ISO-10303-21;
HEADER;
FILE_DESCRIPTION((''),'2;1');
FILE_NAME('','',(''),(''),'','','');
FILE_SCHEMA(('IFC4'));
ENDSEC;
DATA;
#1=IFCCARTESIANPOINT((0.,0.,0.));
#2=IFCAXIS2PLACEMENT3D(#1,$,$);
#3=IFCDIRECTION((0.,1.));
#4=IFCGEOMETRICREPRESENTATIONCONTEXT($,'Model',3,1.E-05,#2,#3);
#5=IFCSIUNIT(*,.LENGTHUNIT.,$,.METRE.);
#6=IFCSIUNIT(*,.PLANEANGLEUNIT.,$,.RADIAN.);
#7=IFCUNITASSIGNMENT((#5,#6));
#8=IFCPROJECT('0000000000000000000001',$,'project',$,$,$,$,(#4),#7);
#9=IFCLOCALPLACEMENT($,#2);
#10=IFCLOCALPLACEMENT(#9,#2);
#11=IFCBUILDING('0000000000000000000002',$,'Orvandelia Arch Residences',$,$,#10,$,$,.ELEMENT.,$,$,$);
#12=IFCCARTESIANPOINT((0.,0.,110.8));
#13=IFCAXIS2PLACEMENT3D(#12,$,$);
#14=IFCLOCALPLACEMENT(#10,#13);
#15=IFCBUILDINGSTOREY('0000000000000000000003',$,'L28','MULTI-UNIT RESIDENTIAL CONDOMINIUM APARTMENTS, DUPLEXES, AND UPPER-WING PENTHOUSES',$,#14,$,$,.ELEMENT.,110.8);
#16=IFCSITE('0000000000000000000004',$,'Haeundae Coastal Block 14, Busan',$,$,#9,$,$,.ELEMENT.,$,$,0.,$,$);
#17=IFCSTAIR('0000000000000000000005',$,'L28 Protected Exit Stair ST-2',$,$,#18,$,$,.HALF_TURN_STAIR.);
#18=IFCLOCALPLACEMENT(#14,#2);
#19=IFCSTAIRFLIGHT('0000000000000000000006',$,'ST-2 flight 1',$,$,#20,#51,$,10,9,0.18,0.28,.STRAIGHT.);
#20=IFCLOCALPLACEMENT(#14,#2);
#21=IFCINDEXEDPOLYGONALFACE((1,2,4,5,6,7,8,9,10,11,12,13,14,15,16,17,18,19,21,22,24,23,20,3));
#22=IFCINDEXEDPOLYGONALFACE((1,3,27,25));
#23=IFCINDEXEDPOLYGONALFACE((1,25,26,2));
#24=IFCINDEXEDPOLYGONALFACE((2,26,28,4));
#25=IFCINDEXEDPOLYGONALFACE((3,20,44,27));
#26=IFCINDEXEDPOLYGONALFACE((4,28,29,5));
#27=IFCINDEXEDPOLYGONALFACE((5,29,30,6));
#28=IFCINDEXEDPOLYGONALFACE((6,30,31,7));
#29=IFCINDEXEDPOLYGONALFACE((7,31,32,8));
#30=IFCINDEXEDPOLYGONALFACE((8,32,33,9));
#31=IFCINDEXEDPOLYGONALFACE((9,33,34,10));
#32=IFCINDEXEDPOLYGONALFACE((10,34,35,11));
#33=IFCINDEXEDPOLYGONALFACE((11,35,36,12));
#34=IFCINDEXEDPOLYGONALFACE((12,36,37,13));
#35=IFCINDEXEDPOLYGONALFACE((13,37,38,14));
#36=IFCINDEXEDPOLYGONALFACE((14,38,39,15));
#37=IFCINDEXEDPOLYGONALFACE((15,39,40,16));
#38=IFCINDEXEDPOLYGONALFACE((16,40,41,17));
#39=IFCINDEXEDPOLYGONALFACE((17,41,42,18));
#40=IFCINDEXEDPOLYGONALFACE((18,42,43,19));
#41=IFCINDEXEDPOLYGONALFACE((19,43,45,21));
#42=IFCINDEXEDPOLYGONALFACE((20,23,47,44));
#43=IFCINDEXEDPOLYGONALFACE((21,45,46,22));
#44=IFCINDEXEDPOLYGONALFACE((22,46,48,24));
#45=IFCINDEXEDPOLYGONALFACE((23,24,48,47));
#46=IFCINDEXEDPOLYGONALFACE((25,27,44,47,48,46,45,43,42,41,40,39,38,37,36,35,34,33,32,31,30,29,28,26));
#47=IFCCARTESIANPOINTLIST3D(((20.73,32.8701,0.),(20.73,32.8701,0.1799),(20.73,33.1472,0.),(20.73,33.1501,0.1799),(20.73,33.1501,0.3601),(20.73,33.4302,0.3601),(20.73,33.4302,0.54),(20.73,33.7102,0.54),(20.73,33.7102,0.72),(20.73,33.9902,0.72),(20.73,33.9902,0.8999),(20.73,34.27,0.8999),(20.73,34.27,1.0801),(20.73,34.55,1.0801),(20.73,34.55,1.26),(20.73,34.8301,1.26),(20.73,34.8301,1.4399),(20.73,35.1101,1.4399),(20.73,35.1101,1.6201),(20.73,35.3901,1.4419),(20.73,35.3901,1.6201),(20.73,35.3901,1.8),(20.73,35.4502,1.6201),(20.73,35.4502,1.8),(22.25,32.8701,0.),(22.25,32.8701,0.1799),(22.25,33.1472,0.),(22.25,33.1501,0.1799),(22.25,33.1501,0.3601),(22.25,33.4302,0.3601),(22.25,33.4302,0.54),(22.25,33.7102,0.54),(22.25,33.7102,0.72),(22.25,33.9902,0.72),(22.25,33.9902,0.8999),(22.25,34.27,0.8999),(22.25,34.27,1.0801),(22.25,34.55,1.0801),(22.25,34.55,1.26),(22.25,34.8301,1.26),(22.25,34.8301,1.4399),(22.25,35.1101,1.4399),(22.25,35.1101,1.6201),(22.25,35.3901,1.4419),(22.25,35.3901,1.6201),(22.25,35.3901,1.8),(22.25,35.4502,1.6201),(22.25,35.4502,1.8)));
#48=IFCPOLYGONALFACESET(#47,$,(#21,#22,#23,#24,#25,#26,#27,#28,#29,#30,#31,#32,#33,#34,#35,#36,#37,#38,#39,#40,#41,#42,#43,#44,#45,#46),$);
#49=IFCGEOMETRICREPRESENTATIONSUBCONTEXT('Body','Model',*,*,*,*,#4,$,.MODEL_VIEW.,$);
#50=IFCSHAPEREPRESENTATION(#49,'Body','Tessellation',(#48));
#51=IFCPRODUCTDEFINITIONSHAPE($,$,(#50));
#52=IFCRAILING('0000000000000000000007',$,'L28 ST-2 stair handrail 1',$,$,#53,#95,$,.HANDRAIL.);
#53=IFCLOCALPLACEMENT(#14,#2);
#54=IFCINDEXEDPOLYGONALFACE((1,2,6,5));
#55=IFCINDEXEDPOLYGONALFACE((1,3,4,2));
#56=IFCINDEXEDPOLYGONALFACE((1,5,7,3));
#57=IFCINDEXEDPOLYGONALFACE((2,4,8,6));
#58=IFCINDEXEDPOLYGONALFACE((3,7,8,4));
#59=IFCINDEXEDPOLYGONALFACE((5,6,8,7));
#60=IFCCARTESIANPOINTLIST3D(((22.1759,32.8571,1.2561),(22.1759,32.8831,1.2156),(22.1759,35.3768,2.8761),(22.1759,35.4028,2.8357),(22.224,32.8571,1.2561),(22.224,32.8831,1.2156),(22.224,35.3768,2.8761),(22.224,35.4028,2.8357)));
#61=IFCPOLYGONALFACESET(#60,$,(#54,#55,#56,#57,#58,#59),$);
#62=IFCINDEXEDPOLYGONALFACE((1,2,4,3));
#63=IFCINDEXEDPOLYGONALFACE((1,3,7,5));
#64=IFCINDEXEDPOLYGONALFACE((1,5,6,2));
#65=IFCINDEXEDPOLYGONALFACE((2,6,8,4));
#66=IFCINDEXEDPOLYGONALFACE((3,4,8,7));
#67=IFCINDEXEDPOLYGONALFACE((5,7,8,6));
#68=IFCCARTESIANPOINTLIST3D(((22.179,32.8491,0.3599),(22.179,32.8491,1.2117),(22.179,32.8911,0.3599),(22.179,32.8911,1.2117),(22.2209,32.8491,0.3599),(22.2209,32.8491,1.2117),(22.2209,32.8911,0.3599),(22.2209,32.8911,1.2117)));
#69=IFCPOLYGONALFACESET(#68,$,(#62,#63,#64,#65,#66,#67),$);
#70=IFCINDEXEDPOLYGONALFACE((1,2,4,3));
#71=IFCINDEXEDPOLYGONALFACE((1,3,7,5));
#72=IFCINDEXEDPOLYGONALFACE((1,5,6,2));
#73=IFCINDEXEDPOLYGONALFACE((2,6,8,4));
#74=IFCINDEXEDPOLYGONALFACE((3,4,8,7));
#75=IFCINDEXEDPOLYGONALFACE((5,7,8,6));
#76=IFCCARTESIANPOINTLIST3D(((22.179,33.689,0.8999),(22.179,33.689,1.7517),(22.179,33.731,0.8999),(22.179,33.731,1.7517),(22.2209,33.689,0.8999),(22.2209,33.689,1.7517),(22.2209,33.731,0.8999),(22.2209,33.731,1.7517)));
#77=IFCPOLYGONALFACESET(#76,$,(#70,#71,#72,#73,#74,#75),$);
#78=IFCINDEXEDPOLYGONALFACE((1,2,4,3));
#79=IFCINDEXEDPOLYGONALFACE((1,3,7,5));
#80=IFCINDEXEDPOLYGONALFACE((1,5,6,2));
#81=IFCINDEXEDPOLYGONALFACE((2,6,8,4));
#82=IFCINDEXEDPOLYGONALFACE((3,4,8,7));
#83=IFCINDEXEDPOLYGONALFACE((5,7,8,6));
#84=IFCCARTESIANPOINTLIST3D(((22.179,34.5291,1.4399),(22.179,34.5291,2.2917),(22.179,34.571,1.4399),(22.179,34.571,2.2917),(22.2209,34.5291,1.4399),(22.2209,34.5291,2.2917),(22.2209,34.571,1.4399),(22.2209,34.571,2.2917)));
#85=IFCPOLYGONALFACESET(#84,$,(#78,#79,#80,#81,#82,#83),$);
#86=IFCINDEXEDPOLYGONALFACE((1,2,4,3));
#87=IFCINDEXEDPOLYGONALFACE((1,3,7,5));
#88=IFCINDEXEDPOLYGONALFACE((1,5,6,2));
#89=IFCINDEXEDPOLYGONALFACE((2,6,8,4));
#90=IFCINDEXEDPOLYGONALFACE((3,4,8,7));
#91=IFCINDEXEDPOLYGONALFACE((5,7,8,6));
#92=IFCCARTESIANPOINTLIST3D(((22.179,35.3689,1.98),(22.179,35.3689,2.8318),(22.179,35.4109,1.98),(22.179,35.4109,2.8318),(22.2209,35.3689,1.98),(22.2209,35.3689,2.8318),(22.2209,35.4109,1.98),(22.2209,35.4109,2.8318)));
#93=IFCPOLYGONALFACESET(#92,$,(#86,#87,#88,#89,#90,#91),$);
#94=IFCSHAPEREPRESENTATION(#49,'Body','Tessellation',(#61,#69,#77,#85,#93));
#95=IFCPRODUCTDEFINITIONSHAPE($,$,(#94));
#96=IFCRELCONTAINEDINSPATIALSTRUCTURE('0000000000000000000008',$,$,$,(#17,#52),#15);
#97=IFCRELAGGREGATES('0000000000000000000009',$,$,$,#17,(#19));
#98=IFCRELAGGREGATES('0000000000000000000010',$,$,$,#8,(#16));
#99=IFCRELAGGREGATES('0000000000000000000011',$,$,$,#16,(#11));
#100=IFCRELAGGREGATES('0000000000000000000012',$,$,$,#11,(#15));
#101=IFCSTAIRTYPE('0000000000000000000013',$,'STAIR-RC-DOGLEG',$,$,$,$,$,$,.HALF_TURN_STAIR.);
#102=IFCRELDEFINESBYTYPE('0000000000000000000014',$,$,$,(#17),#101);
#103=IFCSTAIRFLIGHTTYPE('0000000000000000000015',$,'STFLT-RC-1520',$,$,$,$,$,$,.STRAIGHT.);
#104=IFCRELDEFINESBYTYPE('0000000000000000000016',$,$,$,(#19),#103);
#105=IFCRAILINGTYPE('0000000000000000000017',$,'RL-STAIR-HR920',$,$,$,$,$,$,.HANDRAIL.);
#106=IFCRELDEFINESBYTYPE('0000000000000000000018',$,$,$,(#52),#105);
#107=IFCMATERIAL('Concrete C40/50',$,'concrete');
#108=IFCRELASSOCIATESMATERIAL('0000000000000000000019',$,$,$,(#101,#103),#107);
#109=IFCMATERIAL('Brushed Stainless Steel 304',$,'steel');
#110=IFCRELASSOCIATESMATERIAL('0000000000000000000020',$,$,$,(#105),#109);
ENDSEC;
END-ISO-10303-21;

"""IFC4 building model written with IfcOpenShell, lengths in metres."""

from ifc_helpers import new_model, si_unit, direction, frame, origin, origin_2d, place, context, subcontext, project, spatial, polyline, rectangle, outline, extrude, material, type_object, element, aggregate, save


model = new_model("IFC4")

# Units and contexts
model_context = context("Model", 3, precision=1e-05, world=origin(), true_north=direction((0.0, 1.0)))
body_context = subcontext(model_context, "Body", "Model", "MODEL_VIEW")
ifc_project = project(units=[si_unit("LENGTHUNIT", "METRE"), si_unit("PLANEANGLEUNIT", "RADIAN")], contexts=[model_context])

# Site, building, storey
site_placement = place(None, origin())
site = spatial("IfcSite", under=ifc_project, at=site_placement, Name="Haeundae Coastal Block 14, Busan", CompositionType="ELEMENT", RefElevation=0.0)
building_placement = place(site_placement, origin())
building = spatial("IfcBuilding", under=site, at=building_placement, Name="Orvandelia Arch Residences", CompositionType="ELEMENT")
storey_placement = place(building_placement, frame((0.0, 0.0, 110.8)))
storey = spatial("IfcBuildingStorey", under=building, at=storey_placement, Name="L28", Description="MULTI-UNIT RESIDENTIAL CONDOMINIUM APARTMENTS, DUPLEXES, AND UPPER-WING PENTHOUSES", CompositionType="ELEMENT", Elevation=110.8)

# Stair, stair flight
ifc_material_1 = material(Name="Concrete C40/50", Category="concrete")
stair_type = type_object("IfcStairType", Name="STAIR-RC-DOGLEG", PredefinedType="HALF_TURN_STAIR", material=ifc_material_1)
stair_placement = place(storey_placement, origin())
stair = element("IfcStair", 1, at=stair_placement, inside=storey, type_object=stair_type, Name="L28 Protected Exit Stair ST-2", PredefinedType="HALF_TURN_STAIR")
stair_flight_type = type_object("IfcStairFlightType", Name="STFLT-RC-1520", PredefinedType="STRAIGHT", material=ifc_material_1)
stair_flight_placement = place(storey_placement, frame((21.49, 32.8701, 0.0), z_axis=(0.0, 0.0, 1.0), x_axis=(0.0, 1.0, 0.0)))
stair_flight = element("IfcStairFlight", 2, at=stair_flight_placement, type_object=stair_flight_type, Name="ST-2 flight 1", NumberOfRisers=10, NumberOfTreads=9, PredefinedType="STRAIGHT", RiserHeight=0.18, TreadLength=0.28, context=body_context, shape_type="SweptSolid", body=[
    extrude(outline(polyline([(0.0, 0.0), (0.0, 0.1799), (0.28, 0.1799), (0.28, 0.3601), (0.5601, 0.3601), (0.5601, 0.54), (0.8401, 0.54), (0.8401, 0.72), (1.1201, 0.72), (1.1201, 0.8999), (1.3999, 0.8999), (1.3999, 1.0801), (1.6799, 1.0801), (1.6799, 1.26), (1.96, 1.26), (1.96, 1.4399), (2.24, 1.4399), (2.24, 1.6201), (2.52, 1.6201), (2.52, 1.8), (2.5801, 1.8), (2.5801, 1.6201), (2.52, 1.4419), (0.2771, 0.0), (0.0, 0.0)])), frame((0.0, 0.76, 0.0), z_axis=(0.0, -1.0, 0.0), x_axis=(1.0, 0.0, 0.0)), (0.0, 0.0, 1.0), 1.52),
])
aggregate(stair, [stair_flight])

# Railing
ifc_material_2 = material(Name="Brushed Stainless Steel 304", Category="steel")
railing_type = type_object("IfcRailingType", Name="RL-STAIR-HR920", PredefinedType="HANDRAIL", material=ifc_material_2)
railing_placement = place(storey_placement, frame((22.2, 32.8701, 0.3599)))
element("IfcRailing", 3, at=railing_placement, inside=storey, type_object=railing_type, Name="L28 ST-2 stair handrail 1", PredefinedType="HANDRAIL", context=body_context, shape_type="SweptSolid", body=[
    extrude(rectangle(XDim=0.0481, YDim=0.0481, at=origin_2d()), frame((0.0, 0.0, 0.876), z_axis=(0.0, 0.841139, 0.540819), x_axis=(-1.0, 0.0, 0.0)), (0.0, 0.0, 1.0), 2.9956),
    extrude(rectangle(XDim=0.042, YDim=0.042, at=origin_2d()), origin(), (0.0, 0.0, 1.0), 0.8518),
    extrude(rectangle(XDim=0.042, YDim=0.042, at=origin_2d()), frame((0.0, 0.8398, 0.54)), (0.0, 0.0, 1.0), 0.8518),
    extrude(rectangle(XDim=0.042, YDim=0.042, at=origin_2d()), frame((0.0, 1.6799, 1.0801)), (0.0, 0.0, 1.0), 0.8518),
    extrude(rectangle(XDim=0.042, YDim=0.042, at=origin_2d()), frame((0.0, 2.5198, 1.6201)), (0.0, 0.0, 1.0), 0.8518),
])

save(model, "model.ifc")
